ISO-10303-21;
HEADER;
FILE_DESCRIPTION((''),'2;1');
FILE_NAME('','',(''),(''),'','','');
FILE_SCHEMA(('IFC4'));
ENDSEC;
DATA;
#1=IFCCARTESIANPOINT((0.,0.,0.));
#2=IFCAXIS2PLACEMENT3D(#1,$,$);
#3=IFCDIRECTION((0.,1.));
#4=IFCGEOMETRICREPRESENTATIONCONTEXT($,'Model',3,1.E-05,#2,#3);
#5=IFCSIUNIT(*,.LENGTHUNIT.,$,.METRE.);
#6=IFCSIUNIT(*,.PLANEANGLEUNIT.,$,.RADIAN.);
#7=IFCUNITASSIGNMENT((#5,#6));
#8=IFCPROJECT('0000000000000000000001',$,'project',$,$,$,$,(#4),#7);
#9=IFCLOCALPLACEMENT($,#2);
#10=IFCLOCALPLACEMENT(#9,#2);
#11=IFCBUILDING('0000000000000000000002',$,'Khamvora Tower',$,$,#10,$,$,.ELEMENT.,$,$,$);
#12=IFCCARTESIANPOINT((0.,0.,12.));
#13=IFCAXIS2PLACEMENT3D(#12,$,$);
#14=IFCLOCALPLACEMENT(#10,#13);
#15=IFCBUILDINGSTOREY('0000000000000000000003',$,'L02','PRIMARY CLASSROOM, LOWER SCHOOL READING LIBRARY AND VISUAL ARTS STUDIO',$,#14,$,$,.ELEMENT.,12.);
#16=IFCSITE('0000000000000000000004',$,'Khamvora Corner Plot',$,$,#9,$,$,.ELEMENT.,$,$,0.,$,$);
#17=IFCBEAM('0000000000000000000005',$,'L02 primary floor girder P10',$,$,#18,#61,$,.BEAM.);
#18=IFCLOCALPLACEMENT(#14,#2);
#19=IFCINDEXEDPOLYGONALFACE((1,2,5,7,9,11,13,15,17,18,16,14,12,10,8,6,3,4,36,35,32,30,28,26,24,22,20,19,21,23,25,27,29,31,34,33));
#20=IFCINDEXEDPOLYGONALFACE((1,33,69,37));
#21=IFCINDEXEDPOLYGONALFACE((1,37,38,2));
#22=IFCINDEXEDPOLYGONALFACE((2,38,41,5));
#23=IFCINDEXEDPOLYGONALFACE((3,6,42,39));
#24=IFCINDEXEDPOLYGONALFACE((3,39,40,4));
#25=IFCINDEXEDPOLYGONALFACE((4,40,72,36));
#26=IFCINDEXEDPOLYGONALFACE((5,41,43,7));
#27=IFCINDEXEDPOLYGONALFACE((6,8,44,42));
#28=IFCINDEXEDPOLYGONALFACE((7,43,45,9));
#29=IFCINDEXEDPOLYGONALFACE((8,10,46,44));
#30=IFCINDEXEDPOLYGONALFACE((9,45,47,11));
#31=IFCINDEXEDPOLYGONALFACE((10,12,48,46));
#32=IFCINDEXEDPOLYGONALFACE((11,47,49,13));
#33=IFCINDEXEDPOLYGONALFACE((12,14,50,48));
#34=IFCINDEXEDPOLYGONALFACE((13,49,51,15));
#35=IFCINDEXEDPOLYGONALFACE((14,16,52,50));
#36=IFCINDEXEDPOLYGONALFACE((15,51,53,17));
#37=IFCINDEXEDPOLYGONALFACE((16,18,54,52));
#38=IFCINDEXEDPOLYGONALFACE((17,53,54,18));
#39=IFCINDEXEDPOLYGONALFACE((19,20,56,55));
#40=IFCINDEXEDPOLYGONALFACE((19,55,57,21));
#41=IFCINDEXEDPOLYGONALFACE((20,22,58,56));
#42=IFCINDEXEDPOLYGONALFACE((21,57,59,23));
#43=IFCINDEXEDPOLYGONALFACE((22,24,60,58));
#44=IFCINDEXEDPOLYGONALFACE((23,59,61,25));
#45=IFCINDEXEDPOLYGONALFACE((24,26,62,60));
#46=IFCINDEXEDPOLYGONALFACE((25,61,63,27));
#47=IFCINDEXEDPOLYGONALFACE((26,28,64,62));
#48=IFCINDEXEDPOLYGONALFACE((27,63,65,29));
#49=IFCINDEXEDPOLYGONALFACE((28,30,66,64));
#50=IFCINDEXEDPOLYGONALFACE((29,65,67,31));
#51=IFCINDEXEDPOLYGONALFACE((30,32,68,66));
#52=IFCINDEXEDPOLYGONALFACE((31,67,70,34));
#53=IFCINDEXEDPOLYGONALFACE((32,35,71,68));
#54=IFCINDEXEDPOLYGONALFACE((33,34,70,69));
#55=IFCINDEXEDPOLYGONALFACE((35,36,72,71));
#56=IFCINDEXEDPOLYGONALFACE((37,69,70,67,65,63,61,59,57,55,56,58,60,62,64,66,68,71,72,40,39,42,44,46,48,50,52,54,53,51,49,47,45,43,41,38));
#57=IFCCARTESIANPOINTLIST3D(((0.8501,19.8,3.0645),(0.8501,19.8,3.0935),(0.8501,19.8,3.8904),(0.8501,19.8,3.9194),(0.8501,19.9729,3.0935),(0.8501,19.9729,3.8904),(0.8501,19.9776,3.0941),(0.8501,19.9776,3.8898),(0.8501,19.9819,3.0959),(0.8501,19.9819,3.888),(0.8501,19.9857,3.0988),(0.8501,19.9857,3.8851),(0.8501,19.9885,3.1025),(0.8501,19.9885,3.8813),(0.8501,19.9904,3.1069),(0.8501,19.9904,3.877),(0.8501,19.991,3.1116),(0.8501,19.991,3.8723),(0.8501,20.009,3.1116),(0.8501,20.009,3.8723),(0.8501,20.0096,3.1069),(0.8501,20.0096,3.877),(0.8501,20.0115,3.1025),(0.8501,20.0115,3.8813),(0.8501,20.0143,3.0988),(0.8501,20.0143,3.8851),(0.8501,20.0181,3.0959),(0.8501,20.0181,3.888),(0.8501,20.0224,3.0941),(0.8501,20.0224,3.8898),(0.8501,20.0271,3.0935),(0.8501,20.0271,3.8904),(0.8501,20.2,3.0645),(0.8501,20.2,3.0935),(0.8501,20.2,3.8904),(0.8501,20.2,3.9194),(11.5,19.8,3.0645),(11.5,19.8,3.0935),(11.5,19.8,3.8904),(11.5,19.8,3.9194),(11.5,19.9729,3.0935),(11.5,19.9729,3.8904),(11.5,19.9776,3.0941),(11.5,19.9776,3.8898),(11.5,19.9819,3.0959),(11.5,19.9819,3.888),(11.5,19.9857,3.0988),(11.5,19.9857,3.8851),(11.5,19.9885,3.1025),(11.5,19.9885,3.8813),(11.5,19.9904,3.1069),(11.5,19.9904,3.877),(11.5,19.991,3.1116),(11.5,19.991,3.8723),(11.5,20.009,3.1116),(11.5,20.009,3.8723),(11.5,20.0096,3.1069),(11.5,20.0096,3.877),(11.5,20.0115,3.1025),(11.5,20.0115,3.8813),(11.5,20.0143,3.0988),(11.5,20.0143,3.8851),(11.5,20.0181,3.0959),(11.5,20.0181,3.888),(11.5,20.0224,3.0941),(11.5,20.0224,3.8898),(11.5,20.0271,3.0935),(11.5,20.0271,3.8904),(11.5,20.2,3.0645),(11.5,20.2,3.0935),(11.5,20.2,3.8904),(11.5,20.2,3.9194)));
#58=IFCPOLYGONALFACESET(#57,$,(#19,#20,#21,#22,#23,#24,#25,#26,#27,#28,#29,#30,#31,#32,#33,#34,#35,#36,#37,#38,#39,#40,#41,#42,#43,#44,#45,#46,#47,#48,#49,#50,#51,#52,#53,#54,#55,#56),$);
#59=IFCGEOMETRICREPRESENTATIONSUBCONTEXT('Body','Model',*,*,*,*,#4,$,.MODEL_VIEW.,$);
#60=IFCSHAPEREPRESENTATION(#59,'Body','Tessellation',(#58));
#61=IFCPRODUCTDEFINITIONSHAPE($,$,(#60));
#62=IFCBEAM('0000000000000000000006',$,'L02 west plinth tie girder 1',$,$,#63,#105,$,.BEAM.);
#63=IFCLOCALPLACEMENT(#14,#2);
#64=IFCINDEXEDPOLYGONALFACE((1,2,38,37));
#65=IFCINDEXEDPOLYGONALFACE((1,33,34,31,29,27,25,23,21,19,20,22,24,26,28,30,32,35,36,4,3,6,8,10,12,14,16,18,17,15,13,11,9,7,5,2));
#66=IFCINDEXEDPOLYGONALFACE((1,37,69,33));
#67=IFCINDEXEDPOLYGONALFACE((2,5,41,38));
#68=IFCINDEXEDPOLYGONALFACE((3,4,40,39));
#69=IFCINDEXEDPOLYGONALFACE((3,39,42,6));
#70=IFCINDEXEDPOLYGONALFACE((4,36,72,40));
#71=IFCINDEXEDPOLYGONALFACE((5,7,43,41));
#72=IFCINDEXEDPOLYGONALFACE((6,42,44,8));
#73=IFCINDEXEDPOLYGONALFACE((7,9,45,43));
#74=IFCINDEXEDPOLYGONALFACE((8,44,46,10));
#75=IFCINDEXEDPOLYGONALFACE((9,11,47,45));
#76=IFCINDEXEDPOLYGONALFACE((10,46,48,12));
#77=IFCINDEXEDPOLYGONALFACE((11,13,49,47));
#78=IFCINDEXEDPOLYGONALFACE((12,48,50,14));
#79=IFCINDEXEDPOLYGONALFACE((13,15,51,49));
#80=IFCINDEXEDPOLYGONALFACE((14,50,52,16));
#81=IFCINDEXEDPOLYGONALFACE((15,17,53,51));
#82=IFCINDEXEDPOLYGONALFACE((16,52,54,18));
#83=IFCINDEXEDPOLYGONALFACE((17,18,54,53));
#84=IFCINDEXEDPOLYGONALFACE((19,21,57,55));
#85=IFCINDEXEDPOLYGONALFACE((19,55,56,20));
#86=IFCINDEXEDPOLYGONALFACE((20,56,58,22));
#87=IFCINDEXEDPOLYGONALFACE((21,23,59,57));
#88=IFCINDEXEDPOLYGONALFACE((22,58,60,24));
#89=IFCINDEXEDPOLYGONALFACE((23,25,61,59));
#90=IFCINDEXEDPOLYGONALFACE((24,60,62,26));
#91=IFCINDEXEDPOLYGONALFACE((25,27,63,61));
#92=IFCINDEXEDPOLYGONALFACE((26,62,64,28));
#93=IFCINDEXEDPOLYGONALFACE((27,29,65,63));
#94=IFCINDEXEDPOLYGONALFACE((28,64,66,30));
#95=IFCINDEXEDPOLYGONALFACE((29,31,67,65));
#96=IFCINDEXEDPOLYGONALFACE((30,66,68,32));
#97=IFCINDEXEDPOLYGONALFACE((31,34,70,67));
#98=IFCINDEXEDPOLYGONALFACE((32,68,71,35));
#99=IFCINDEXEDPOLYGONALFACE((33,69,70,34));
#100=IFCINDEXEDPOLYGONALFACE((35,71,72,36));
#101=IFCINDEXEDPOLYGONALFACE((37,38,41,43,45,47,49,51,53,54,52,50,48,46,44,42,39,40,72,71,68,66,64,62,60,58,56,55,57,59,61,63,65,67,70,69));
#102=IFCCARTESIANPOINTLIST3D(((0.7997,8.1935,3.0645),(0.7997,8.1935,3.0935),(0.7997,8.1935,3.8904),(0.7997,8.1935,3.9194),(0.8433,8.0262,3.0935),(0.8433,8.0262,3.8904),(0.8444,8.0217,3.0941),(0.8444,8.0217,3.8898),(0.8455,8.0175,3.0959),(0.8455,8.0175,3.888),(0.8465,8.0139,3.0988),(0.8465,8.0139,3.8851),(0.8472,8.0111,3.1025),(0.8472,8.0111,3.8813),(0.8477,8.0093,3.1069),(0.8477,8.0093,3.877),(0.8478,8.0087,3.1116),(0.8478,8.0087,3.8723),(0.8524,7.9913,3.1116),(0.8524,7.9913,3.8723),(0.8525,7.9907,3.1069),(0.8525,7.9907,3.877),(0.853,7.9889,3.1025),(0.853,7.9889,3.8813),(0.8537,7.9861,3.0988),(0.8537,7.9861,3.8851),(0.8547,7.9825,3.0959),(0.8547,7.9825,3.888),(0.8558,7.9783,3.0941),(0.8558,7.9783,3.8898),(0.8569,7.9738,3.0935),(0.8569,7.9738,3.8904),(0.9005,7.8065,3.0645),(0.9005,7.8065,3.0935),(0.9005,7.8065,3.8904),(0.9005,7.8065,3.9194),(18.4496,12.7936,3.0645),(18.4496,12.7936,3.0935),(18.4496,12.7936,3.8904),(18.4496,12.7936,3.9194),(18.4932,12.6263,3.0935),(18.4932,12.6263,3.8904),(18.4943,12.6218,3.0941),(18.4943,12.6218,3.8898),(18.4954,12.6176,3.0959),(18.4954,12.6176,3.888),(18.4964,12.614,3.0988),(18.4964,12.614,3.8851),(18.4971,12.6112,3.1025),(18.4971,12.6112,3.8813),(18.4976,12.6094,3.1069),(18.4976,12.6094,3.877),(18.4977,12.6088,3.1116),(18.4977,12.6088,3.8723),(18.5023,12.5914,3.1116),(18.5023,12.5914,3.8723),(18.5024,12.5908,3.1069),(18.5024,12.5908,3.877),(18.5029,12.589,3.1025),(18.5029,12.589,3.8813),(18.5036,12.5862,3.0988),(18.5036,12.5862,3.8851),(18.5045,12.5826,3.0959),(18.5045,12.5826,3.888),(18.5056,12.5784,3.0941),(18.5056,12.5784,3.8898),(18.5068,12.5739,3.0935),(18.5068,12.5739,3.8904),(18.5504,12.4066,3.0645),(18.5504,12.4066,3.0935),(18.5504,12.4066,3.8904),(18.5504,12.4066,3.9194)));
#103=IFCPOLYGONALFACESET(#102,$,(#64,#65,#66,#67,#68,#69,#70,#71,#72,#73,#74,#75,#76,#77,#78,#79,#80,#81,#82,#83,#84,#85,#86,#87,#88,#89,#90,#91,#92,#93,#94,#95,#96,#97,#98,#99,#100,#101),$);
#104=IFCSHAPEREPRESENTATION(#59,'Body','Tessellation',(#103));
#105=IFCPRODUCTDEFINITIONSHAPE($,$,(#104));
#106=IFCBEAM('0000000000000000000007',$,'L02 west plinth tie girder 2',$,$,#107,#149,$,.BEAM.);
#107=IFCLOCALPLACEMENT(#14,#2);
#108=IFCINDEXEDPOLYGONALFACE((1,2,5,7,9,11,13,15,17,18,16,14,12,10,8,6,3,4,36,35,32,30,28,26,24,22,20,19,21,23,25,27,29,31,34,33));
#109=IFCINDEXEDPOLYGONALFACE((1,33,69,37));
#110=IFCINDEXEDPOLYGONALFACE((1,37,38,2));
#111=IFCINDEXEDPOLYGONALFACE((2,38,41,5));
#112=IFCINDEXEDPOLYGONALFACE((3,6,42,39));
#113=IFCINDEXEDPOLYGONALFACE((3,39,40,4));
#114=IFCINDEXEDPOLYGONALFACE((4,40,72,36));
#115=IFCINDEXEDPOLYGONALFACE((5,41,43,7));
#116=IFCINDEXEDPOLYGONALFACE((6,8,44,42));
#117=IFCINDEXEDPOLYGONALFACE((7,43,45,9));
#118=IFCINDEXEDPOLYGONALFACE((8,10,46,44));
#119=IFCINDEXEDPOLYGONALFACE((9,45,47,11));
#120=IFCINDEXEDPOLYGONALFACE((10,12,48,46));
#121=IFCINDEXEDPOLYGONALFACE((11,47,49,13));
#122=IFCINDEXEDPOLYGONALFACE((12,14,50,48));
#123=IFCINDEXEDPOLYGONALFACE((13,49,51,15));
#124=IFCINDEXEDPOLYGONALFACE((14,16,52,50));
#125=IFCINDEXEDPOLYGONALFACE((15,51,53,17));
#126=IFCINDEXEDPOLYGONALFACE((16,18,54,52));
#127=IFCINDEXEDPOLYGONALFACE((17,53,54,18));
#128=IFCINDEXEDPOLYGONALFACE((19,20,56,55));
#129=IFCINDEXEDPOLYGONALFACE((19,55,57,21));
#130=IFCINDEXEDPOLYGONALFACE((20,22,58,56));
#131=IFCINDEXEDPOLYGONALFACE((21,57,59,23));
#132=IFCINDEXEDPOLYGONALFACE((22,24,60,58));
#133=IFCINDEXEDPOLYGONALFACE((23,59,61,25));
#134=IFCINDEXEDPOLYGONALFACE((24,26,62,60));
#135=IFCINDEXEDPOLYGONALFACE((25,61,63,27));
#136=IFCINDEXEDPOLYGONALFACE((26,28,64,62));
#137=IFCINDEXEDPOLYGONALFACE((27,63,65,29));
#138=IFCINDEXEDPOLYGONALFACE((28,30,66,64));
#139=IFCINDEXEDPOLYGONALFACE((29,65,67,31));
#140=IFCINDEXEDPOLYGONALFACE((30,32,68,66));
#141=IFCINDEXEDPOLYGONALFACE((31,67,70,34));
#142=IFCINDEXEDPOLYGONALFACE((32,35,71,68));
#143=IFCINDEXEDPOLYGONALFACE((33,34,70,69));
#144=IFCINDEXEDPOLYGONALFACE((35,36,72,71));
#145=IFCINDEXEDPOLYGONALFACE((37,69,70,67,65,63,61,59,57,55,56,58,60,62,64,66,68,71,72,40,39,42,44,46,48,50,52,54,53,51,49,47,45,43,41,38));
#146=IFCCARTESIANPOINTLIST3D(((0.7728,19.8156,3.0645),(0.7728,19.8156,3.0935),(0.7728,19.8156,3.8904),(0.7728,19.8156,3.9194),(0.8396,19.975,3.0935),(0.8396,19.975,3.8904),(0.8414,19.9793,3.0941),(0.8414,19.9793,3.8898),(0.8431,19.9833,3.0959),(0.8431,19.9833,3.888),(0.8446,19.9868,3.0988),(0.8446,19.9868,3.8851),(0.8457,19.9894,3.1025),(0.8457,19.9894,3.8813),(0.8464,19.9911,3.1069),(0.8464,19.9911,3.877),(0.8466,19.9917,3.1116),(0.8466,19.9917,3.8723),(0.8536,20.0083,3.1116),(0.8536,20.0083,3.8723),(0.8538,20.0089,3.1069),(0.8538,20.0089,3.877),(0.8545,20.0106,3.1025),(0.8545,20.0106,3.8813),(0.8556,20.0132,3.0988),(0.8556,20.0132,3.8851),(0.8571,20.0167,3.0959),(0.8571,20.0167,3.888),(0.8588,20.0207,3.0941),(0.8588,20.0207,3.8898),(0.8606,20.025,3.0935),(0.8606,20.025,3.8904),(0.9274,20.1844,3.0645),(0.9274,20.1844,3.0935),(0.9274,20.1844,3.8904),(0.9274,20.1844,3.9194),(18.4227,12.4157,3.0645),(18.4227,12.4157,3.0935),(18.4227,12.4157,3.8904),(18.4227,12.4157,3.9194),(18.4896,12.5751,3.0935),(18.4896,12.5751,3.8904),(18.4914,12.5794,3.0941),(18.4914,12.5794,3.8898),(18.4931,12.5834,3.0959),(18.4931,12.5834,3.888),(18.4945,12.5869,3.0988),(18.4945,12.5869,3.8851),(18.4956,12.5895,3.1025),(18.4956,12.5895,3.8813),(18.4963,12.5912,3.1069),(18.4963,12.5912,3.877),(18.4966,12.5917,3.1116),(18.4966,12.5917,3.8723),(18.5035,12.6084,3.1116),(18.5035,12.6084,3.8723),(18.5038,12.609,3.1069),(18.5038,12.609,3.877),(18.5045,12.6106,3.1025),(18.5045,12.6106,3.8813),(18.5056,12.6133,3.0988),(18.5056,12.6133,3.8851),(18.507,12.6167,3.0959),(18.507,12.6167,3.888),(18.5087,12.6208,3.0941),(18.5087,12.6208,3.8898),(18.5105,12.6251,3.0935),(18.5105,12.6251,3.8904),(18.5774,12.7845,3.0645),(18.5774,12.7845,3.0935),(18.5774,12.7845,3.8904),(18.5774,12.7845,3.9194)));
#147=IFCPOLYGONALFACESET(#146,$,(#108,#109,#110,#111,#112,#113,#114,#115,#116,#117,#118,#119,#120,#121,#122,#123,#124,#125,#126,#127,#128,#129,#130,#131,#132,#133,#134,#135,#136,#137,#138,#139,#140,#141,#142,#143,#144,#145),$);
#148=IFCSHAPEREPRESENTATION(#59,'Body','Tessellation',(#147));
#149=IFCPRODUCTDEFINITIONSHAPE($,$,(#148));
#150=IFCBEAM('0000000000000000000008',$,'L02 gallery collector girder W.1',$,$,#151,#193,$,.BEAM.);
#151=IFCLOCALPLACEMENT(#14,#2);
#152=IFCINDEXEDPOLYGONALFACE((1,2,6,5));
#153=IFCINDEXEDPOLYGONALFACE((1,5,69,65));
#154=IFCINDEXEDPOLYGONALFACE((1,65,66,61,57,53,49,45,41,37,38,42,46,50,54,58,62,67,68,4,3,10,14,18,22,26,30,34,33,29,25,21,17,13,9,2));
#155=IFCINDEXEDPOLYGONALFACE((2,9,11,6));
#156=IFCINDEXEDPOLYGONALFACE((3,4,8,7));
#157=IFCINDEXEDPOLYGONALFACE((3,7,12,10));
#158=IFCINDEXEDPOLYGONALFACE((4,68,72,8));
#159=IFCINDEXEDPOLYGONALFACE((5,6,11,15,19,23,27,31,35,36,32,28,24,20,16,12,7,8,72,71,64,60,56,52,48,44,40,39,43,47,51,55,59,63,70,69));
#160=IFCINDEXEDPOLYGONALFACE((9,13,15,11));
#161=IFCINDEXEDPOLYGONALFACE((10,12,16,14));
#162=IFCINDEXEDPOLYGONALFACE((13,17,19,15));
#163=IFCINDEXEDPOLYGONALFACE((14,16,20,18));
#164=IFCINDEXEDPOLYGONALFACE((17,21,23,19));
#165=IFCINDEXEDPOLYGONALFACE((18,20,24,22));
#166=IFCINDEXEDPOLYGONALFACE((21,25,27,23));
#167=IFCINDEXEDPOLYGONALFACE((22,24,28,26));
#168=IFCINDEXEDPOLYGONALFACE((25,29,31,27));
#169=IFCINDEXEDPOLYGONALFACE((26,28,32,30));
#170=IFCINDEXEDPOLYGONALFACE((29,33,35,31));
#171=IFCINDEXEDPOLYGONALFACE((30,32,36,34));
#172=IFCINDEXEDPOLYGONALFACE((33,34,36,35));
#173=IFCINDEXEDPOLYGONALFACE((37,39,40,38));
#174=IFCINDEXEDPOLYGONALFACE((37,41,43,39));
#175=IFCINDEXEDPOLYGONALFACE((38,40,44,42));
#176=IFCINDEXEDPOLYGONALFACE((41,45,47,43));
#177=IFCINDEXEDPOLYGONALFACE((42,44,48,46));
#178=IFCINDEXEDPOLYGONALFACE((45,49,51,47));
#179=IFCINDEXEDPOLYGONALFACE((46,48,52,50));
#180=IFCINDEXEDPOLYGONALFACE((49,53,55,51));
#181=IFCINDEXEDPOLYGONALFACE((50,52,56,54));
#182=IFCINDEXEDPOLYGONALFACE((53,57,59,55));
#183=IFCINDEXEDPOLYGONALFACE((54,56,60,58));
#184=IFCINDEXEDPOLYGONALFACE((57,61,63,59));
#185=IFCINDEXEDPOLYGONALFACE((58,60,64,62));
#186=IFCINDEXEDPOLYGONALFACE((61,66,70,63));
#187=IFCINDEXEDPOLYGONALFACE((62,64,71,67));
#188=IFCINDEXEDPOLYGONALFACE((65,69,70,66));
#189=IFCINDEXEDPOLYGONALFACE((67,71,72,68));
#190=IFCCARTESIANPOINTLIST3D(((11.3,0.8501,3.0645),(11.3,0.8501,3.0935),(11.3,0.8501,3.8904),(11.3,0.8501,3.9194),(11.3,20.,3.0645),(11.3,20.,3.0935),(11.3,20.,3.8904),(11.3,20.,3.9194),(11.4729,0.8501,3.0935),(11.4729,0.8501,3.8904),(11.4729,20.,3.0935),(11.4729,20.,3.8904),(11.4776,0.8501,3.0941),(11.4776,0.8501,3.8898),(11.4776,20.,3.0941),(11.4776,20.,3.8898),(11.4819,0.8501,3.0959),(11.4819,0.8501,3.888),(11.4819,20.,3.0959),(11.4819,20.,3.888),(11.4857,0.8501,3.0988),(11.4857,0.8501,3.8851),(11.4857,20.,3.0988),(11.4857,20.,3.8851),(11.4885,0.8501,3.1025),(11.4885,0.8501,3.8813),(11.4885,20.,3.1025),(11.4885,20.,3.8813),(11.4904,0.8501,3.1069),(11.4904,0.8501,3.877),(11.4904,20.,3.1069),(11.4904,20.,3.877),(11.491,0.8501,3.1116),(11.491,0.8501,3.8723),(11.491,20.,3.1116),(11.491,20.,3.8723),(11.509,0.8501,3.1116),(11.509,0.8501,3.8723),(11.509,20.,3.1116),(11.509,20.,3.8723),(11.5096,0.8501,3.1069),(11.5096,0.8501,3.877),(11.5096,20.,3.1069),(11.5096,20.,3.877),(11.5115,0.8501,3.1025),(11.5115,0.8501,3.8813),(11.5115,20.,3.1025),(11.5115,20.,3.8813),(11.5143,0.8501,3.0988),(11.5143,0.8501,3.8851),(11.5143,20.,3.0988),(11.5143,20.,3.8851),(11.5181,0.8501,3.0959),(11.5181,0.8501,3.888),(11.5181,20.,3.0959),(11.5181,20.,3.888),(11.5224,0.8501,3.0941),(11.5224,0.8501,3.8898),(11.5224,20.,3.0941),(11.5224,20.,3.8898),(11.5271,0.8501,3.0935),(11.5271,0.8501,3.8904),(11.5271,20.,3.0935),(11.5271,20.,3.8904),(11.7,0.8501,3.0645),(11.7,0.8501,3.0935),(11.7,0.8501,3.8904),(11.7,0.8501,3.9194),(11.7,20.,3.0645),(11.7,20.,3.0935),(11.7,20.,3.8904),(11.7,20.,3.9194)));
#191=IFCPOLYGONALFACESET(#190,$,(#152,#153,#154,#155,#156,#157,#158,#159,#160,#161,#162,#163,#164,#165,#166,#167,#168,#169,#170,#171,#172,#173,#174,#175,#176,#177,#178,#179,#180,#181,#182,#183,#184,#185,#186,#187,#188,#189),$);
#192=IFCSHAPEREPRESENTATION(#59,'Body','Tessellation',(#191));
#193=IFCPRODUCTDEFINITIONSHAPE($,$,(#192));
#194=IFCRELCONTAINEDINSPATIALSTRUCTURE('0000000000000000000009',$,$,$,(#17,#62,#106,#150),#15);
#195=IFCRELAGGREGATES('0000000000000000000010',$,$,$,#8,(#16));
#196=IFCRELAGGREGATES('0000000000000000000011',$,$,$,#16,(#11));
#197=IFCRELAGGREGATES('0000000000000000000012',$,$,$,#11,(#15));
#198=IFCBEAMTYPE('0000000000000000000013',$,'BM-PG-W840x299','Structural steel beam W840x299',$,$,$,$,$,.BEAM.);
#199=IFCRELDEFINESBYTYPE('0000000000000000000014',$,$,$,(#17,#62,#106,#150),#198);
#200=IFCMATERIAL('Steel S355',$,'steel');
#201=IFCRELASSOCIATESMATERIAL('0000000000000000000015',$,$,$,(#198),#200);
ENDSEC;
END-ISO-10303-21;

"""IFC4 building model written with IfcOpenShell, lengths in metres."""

from ifc_helpers import new_model, si_unit, direction, frame, origin, origin_2d, place, context, subcontext, project, spatial, i_section, extrude, material, material_profile, profile_set, type_object, element, save


model = new_model("IFC4")

# Units and contexts
model_context = context("Model", 3, precision=1e-05, world=origin(), true_north=direction((0.0, 1.0)))
body_context = subcontext(model_context, "Body", "Model", "MODEL_VIEW")
ifc_project = project(units=[si_unit("LENGTHUNIT", "METRE"), si_unit("PLANEANGLEUNIT", "RADIAN")], contexts=[model_context])

# Site, building, storey
site_placement = place(None, origin())
site = spatial("IfcSite", under=ifc_project, at=site_placement, Name="Khamvora Corner Plot", CompositionType="ELEMENT", RefElevation=0.0)
building_placement = place(site_placement, origin())
building = spatial("IfcBuilding", under=site, at=building_placement, Name="Khamvora Tower", CompositionType="ELEMENT")
storey_placement = place(building_placement, frame((0.0, 0.0, 12.0)))
storey = spatial("IfcBuildingStorey", under=building, at=storey_placement, Name="L02", Description="PRIMARY CLASSROOM, LOWER SCHOOL READING LIBRARY AND VISUAL ARTS STUDIO", CompositionType="ELEMENT", Elevation=12.0)

# Beams
ifc_material_1 = material(Name="Steel S355", Category="steel")
ifc_material_profile_1 = material_profile(ifc_material_1, i_section(OverallWidth=0.3999, OverallDepth=0.855, WebThickness=0.0181, FlangeThickness=0.0291, FilletRadius=0.0181, at=origin_2d()), Name="W840x299")
ifc_profile_set_1 = profile_set([ifc_material_profile_1], Name="Steel S355")
beam_type_1 = type_object("IfcBeamType", Name="BM-PG-W840x299", Description="Structural steel beam W840x299", PredefinedType="BEAM", material=ifc_profile_set_1)
beam_1_placement = place(storey_placement, frame((11.5, 20.0, 3.4919), z_axis=(-1.0, 0.0, 0.0), x_axis=(0.0, -1.0, 0.0)))
element("IfcBeam", 1, at=beam_1_placement, inside=storey, type_object=beam_type_1, Name="L02 primary floor girder P10", PredefinedType="BEAM", context=body_context, shape_type="SweptSolid", body=[
    extrude(i_section(OverallWidth=0.3999, OverallDepth=0.855, WebThickness=0.0181, FlangeThickness=0.0291, FilletRadius=0.0181, at=origin_2d()), origin(), (0.0, 0.0, 1.0), 10.6499),
])
beam_2_placement = place(storey_placement, frame((0.8501, 8.0, 3.4919), z_axis=(0.967674, 0.252205, 0.0), x_axis=(-0.252205, 0.967674, 0.0)))
element("IfcBeam", 2, at=beam_2_placement, inside=storey, type_object=beam_type_1, Name="L02 west plinth tie girder 1", PredefinedType="BEAM", context=body_context, shape_type="SweptSolid", body=[
    extrude(i_section(OverallWidth=0.3999, OverallDepth=0.855, WebThickness=0.0181, FlangeThickness=0.0291, FilletRadius=0.0181, at=origin_2d()), origin(), (0.0, 0.0, 1.0), 18.2395),
])
beam_3_placement = place(storey_placement, frame((0.8501, 20.0, 3.4919), z_axis=(0.922225, -0.386652, 0.0), x_axis=(0.386652, 0.922225, 0.0)))
element("IfcBeam", 3, at=beam_3_placement, inside=storey, type_object=beam_type_1, Name="L02 west plinth tie girder 2", PredefinedType="BEAM", context=body_context, shape_type="SweptSolid", body=[
    extrude(i_section(OverallWidth=0.3999, OverallDepth=0.855, WebThickness=0.0181, FlangeThickness=0.0291, FilletRadius=0.0181, at=origin_2d()), origin(), (0.0, 0.0, 1.0), 19.1384),
])
beam_4_placement = place(storey_placement, frame((11.5, 0.8501, 3.4919), z_axis=(0.0, 1.0, 0.0), x_axis=(-1.0, 0.0, 0.0)))
element("IfcBeam", 4, at=beam_4_placement, inside=storey, type_object=beam_type_1, Name="L02 gallery collector girder W.1", PredefinedType="BEAM", context=body_context, shape_type="SweptSolid", body=[
    extrude(i_section(OverallWidth=0.3999, OverallDepth=0.855, WebThickness=0.0181, FlangeThickness=0.0291, FilletRadius=0.0181, at=origin_2d()), origin(), (0.0, 0.0, 1.0), 19.1499),
])

save(model, "model.ifc")
